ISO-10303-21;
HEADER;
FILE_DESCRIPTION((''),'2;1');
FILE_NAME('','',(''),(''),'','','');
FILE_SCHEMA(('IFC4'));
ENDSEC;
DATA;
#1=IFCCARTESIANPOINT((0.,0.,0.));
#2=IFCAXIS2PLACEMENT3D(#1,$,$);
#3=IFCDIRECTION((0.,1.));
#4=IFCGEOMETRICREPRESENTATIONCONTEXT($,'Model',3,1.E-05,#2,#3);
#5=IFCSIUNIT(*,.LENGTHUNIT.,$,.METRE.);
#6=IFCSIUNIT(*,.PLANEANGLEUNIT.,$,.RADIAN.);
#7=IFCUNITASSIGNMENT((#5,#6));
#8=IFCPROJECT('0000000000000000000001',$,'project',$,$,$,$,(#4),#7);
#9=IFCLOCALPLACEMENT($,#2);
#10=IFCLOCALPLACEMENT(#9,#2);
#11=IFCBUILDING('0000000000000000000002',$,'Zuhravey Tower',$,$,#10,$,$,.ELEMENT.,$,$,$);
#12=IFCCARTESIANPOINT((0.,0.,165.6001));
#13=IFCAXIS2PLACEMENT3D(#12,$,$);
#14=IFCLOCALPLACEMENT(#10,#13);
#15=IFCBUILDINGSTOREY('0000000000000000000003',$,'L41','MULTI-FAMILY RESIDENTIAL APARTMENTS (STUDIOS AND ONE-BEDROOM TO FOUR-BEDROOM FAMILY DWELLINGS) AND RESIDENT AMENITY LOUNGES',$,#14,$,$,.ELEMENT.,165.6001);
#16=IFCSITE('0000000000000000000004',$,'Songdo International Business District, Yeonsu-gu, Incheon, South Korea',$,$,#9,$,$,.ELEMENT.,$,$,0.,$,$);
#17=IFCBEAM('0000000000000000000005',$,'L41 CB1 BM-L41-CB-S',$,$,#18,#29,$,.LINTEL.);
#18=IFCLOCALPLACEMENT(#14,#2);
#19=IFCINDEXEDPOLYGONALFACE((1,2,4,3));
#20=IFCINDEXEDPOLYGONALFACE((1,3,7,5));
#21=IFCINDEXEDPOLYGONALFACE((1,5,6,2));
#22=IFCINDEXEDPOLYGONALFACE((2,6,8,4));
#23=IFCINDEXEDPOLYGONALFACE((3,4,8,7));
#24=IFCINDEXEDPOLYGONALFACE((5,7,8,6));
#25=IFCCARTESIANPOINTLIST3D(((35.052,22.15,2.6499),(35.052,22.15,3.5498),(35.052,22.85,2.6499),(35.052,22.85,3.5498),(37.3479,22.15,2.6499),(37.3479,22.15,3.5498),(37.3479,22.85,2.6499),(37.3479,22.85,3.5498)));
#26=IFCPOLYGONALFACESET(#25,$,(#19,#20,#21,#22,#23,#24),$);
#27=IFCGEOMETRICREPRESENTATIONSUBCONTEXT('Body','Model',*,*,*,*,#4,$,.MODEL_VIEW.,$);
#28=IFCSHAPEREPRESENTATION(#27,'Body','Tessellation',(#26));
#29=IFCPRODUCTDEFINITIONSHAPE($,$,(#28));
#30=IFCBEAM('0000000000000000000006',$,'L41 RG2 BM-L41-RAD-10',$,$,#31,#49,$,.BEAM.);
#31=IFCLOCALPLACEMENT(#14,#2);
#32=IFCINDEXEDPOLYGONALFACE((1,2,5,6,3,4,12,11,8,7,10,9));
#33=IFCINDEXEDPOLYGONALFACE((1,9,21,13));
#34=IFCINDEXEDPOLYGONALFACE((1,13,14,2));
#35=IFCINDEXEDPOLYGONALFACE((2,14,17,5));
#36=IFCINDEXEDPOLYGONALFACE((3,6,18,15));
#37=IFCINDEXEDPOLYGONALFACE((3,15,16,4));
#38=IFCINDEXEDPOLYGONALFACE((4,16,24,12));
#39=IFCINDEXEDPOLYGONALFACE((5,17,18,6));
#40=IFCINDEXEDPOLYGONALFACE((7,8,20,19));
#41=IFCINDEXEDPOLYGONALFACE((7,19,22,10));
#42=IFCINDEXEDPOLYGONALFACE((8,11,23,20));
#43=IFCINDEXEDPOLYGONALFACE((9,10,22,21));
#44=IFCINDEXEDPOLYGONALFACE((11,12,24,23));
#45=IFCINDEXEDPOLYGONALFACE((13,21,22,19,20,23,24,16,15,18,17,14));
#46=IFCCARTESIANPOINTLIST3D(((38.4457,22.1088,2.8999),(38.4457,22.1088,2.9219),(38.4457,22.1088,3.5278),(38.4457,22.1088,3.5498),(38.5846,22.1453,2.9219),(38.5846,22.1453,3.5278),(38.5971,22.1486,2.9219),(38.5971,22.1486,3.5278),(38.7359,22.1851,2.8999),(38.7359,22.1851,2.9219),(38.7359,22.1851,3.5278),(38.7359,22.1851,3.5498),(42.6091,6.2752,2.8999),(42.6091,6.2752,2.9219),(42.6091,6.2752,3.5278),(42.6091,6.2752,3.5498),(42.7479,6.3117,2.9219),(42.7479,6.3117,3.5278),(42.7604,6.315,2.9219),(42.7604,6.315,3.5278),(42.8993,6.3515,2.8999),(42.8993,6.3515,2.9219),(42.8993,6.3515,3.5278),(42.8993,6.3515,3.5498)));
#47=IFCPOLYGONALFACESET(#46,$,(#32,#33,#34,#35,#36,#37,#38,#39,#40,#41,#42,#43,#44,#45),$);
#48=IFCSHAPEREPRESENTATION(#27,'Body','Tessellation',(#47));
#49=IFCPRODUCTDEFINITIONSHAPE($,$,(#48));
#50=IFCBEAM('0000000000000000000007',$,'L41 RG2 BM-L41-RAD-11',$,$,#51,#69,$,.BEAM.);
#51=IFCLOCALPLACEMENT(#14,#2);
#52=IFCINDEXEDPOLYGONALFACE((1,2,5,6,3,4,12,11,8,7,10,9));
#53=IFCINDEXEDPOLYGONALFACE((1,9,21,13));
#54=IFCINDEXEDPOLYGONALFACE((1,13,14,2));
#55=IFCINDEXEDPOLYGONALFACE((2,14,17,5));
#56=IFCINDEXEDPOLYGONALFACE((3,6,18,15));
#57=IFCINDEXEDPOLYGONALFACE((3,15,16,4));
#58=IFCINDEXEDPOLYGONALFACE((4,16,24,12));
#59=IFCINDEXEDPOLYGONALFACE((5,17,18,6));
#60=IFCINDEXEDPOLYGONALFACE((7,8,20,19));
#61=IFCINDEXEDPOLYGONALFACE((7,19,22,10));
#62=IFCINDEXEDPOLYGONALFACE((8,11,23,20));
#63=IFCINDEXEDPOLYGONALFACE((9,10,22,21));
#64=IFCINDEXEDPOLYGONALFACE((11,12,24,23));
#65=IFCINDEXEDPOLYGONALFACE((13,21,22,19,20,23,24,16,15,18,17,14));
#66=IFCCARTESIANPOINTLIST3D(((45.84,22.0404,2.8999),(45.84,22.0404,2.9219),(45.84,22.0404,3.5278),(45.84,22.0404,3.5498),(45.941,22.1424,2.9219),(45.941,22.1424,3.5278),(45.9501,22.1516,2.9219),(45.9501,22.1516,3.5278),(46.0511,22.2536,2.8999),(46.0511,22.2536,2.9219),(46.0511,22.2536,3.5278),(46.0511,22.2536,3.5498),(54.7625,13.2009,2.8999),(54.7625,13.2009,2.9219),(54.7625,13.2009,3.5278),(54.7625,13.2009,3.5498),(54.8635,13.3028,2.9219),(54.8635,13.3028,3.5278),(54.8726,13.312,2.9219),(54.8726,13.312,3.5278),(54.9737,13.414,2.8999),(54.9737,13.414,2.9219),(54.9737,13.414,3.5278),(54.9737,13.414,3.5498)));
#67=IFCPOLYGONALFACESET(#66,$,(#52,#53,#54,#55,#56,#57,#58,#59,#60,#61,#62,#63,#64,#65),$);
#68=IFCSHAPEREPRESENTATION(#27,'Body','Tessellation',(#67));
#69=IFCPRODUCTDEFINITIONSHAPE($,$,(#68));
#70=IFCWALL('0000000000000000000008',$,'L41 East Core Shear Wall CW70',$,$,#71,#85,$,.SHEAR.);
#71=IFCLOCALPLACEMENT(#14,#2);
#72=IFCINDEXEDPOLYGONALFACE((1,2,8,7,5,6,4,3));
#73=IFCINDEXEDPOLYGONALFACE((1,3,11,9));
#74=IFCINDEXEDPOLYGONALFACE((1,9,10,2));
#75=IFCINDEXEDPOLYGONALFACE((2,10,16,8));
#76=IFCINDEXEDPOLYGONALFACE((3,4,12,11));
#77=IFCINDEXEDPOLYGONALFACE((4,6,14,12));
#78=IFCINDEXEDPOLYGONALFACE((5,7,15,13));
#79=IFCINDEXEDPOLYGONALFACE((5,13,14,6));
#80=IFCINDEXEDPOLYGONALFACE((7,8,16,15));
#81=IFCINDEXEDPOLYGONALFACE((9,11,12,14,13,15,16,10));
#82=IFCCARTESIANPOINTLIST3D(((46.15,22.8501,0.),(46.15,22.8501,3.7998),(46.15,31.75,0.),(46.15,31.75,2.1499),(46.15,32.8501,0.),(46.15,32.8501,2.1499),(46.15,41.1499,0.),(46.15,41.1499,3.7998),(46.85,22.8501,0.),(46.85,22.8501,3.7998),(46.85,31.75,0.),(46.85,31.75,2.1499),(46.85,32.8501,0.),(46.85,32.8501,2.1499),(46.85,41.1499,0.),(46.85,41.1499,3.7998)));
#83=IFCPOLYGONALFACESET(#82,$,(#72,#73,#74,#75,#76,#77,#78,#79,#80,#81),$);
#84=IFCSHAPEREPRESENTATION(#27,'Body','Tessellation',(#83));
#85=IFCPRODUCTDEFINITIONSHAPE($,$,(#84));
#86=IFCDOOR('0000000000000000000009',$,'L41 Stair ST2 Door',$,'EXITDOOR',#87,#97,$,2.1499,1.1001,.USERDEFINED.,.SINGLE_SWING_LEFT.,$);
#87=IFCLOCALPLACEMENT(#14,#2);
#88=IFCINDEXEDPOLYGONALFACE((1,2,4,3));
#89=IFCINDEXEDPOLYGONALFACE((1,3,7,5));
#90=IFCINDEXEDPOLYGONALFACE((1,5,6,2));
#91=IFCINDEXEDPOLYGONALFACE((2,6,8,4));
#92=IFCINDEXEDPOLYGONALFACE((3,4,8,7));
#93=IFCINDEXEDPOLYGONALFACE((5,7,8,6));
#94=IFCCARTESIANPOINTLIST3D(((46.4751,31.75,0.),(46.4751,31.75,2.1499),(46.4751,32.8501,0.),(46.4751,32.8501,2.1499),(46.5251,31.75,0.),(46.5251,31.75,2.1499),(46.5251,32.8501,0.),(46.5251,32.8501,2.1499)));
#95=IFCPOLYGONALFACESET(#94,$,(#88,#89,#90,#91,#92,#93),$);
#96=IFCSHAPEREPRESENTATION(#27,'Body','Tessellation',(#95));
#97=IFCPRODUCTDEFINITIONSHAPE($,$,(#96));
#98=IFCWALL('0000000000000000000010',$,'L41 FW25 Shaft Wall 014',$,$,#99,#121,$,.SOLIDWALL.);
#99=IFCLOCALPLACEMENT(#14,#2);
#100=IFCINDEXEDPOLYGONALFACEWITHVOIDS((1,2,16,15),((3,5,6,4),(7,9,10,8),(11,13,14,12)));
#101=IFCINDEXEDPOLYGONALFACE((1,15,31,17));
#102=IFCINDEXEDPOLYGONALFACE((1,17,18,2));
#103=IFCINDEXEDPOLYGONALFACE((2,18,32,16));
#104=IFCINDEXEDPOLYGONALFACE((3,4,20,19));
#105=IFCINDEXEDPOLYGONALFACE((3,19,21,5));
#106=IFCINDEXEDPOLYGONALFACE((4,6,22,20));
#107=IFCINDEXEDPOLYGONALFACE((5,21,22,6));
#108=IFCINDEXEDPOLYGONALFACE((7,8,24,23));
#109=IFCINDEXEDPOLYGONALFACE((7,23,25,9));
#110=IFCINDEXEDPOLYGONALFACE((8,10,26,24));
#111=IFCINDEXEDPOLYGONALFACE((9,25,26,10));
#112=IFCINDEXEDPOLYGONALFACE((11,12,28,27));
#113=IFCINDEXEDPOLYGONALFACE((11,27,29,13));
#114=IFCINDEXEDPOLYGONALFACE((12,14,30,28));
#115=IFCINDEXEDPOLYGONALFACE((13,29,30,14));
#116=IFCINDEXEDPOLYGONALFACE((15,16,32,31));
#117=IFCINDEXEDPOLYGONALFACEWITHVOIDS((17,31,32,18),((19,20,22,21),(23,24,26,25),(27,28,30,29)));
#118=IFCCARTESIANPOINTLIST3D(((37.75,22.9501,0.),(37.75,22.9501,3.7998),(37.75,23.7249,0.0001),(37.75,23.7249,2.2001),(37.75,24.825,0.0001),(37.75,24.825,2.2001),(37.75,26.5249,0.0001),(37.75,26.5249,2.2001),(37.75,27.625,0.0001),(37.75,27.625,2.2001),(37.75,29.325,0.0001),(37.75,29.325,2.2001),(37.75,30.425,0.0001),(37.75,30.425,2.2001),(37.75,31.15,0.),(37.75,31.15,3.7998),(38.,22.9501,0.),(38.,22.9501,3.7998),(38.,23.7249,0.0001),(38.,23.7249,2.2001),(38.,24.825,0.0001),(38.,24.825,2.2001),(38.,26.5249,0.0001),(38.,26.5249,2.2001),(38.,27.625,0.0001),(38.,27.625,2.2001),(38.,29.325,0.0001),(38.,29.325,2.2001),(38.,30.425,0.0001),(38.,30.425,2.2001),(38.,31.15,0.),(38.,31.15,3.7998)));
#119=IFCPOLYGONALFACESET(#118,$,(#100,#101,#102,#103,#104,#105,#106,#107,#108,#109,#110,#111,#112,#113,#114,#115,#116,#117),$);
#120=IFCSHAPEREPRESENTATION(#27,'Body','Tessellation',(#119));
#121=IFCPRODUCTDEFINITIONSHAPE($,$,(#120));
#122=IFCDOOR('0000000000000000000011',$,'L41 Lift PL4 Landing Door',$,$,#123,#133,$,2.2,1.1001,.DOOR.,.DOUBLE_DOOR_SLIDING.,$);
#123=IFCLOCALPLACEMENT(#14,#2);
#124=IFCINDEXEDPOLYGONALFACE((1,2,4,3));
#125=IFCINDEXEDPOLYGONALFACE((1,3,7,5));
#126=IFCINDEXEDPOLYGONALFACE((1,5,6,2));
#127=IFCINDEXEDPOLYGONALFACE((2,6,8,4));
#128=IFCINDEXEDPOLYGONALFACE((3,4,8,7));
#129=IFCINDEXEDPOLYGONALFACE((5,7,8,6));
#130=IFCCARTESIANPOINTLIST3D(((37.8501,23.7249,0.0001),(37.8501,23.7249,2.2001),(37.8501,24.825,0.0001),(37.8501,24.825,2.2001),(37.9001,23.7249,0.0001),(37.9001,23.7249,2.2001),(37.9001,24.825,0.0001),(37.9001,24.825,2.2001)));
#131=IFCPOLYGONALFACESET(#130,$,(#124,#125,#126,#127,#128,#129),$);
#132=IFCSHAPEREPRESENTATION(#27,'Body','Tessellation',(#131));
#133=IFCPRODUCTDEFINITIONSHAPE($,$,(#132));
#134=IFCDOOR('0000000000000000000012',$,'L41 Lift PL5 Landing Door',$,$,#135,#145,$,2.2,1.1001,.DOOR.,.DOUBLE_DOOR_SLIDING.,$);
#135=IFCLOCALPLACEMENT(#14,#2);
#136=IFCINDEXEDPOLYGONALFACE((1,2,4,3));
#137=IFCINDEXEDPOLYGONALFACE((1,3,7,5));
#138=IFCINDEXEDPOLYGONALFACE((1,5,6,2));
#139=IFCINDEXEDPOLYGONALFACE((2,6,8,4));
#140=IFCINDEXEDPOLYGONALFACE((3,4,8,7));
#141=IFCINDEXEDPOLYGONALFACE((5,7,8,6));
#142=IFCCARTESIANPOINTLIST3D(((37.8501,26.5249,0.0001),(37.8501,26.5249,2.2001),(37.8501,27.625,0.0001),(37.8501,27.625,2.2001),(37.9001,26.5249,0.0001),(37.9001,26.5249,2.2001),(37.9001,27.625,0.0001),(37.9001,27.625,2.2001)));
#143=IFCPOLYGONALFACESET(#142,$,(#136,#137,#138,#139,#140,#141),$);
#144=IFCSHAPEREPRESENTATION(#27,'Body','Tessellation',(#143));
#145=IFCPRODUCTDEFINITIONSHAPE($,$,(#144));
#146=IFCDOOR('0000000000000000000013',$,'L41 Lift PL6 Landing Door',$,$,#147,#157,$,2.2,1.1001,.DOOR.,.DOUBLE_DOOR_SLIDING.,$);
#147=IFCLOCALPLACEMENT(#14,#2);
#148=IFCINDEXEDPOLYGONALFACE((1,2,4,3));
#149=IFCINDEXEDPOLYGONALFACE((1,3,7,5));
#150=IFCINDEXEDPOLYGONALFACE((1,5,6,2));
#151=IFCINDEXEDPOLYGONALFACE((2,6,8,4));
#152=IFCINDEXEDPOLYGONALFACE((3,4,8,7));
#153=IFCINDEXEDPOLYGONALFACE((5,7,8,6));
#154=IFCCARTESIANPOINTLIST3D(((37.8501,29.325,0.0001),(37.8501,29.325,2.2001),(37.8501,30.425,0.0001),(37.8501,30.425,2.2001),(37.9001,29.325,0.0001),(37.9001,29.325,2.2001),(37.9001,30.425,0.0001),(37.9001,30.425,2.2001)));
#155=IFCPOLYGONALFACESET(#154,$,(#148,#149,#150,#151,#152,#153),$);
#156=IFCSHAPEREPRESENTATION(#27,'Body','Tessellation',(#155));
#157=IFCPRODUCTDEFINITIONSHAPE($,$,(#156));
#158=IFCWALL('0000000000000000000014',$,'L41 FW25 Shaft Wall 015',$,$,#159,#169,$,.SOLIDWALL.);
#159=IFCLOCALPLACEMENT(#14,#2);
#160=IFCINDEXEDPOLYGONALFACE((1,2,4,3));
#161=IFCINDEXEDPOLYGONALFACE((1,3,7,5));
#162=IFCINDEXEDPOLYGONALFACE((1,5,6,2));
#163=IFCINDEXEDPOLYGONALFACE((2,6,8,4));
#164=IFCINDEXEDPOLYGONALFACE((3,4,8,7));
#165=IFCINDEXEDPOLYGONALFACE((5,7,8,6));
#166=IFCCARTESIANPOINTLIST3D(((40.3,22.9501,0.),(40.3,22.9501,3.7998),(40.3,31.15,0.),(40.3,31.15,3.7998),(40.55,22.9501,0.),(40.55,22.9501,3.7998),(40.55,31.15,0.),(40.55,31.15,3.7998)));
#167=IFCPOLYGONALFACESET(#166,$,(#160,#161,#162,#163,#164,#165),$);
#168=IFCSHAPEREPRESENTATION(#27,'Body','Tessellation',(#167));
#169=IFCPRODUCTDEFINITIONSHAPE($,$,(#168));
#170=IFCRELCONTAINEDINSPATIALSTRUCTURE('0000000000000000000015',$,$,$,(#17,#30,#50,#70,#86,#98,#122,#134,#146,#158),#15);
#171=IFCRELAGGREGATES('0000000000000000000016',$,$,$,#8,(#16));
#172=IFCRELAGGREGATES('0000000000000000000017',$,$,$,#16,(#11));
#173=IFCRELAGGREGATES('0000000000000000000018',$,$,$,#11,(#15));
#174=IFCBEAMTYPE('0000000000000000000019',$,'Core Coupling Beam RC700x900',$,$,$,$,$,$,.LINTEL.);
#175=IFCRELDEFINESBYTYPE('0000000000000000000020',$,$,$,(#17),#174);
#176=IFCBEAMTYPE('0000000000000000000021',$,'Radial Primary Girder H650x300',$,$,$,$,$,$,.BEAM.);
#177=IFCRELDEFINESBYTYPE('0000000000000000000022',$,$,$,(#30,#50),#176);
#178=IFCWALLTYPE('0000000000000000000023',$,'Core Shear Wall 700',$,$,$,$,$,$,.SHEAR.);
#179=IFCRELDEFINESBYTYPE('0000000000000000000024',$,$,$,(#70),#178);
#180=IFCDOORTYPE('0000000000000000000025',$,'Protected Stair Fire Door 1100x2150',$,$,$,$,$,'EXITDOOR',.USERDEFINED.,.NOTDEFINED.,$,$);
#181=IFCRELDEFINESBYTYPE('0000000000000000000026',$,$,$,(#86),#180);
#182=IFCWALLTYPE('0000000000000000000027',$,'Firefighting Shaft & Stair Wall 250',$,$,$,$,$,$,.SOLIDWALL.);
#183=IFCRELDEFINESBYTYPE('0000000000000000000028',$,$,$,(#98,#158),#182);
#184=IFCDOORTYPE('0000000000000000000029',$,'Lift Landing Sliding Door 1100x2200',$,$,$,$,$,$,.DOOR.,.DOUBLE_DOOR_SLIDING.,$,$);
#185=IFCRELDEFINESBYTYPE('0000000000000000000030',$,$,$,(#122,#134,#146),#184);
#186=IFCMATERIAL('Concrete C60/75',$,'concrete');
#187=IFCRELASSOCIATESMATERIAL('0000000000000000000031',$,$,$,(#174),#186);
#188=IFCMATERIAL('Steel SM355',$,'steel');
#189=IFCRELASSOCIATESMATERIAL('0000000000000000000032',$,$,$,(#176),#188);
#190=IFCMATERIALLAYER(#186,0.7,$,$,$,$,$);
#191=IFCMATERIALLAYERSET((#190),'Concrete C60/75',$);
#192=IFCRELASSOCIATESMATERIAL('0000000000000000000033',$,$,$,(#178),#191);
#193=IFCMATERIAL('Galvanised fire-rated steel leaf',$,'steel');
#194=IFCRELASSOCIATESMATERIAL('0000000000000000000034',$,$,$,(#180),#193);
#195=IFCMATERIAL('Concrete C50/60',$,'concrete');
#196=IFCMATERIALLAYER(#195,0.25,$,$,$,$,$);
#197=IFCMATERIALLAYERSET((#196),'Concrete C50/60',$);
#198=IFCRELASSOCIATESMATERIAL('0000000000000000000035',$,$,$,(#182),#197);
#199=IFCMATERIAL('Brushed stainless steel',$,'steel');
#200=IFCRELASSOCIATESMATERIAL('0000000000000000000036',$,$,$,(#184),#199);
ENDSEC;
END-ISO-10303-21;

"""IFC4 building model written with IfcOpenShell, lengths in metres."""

from ifc_helpers import new_model, si_unit, direction, frame, frame_2d, origin, origin_2d, place, context, subcontext, project, spatial, rectangle, i_section, extrude, material, layer, layer_set, material_profile, profile_set, type_object, element, fill, save


model = new_model("IFC4")

# Units and contexts
model_context = context("Model", 3, precision=1e-05, world=origin(), true_north=direction((0.0, 1.0)))
body_context = subcontext(model_context, "Body", "Model", "MODEL_VIEW")
ifc_project = project(units=[si_unit("LENGTHUNIT", "METRE"), si_unit("PLANEANGLEUNIT", "RADIAN")], contexts=[model_context])

# Site, building, storey
site_placement = place(None, origin())
site = spatial("IfcSite", under=ifc_project, at=site_placement, Name="Songdo International Business District, Yeonsu-gu, Incheon, South Korea", CompositionType="ELEMENT", RefElevation=0.0)
building_placement = place(site_placement, origin())
building = spatial("IfcBuilding", under=site, at=building_placement, Name="Zuhravey Tower", CompositionType="ELEMENT")
storey_placement = place(building_placement, frame((0.0, 0.0, 165.6001)))
storey = spatial("IfcBuildingStorey", under=building, at=storey_placement, Name="L41", Description="MULTI-FAMILY RESIDENTIAL APARTMENTS (STUDIOS AND ONE-BEDROOM TO FOUR-BEDROOM FAMILY DWELLINGS) AND RESIDENT AMENITY LOUNGES", CompositionType="ELEMENT", Elevation=165.6001)

# Beams
ifc_material_1 = material(Name="Concrete C60/75", Category="concrete")
ifc_material_profile_1 = material_profile(ifc_material_1, rectangle(XDim=0.7, YDim=0.8999, at=origin_2d()), Name="RC-700x900")
ifc_profile_set_1 = profile_set([ifc_material_profile_1], Name="Concrete C60/75")
beam_type_1 = type_object("IfcBeamType", Name="Core Coupling Beam RC700x900", PredefinedType="LINTEL", material=ifc_profile_set_1)
beam_1_placement = place(storey_placement, frame((35.052, 22.5, 3.0999), z_axis=(1.0, 0.0, 0.0), x_axis=(0.0, 1.0, 0.0)))
element("IfcBeam", 1, at=beam_1_placement, inside=storey, type_object=beam_type_1, Name="L41 CB1 BM-L41-CB-S", PredefinedType="LINTEL", context=body_context, shape_type="SweptSolid", body=[
    extrude(rectangle(XDim=0.7, YDim=0.8999, at=origin_2d()), origin(), (0.0, 0.0, 1.0), 2.2959),
])
ifc_material_2 = material(Name="Steel SM355", Category="steel")
ifc_material_profile_2 = material_profile(ifc_material_2, i_section(OverallWidth=0.3, OverallDepth=0.6499, WebThickness=0.0129, FlangeThickness=0.022, at=origin_2d()), Name="H-650x300x13x22")
ifc_profile_set_2 = profile_set([ifc_material_profile_2], Name="Steel SM355")
beam_type_2 = type_object("IfcBeamType", Name="Radial Primary Girder H650x300", PredefinedType="BEAM", material=ifc_profile_set_2)
beam_2_placement = place(storey_placement, frame((38.5908, 22.147, 3.2249), z_axis=(0.2543, -0.967125, 0.0), x_axis=(0.967125, 0.2543, 0.0)))
element("IfcBeam", 2, at=beam_2_placement, inside=storey, type_object=beam_type_2, Name="L41 RG2 BM-L41-RAD-10", PredefinedType="BEAM", context=body_context, shape_type="SweptSolid", body=[
    extrude(i_section(OverallWidth=0.3, OverallDepth=0.6499, WebThickness=0.0129, FlangeThickness=0.022, at=origin_2d()), origin(), (0.0, 0.0, 1.0), 16.3718),
])
beam_3_placement = place(storey_placement, frame((45.9456, 22.147, 3.2249), z_axis=(0.710404, -0.703795, 0.0), x_axis=(0.703795, 0.710404, 0.0)))
element("IfcBeam", 3, at=beam_3_placement, inside=storey, type_object=beam_type_2, Name="L41 RG2 BM-L41-RAD-11", PredefinedType="BEAM", context=body_context, shape_type="SweptSolid", body=[
    extrude(i_section(OverallWidth=0.3, OverallDepth=0.6499, WebThickness=0.0129, FlangeThickness=0.022, at=origin_2d()), origin(), (0.0, 0.0, 1.0), 12.5598),
])

# Wall, opening, door
ifc_layer_1 = layer(ifc_material_1, 0.7)
ifc_layer_set_1 = layer_set([ifc_layer_1], Name="Concrete C60/75")
wall_type_1 = type_object("IfcWallType", Name="Core Shear Wall 700", PredefinedType="SHEAR", material=ifc_layer_set_1)
ifc_material_3 = material(Name="Galvanised fire-rated steel leaf", Category="steel")
wall_1_placement = place(storey_placement, frame((46.5, 22.8501, 0.0), z_axis=(0.0, 0.0, 1.0), x_axis=(0.0, 1.0, 0.0)))
wall_1 = element("IfcWall", 4, at=wall_1_placement, inside=storey, type_object=wall_type_1, Name="L41 East Core Shear Wall CW70", PredefinedType="SHEAR", context=body_context, shape_type="SweptSolid", body=[
    extrude(rectangle(XDim=18.2998, YDim=0.7, at=frame_2d((9.1499, 0.0))), origin(), (0.0, 0.0, 1.0), 3.7998),
])
opening_1_placement = place(wall_1_placement, frame((8.8999, 0.0, 0.0)))
opening_1 = element("IfcOpeningElement", 5, at=opening_1_placement, cuts=wall_1, PredefinedType="OPENING", context=body_context, shape_type="SweptSolid", body=[
    extrude(rectangle(XDim=1.1001, YDim=2.1499, at=frame_2d((0.55, 1.075))), frame((0.0, 0.3621, 0.0), z_axis=(0.0, -1.0, 0.0), x_axis=(1.0, 0.0, 0.0)), (0.0, 0.0, 1.0), 0.7239),
])
door_type_1 = type_object("IfcDoorType", Name="Protected Stair Fire Door 1100x2150", ElementType="EXITDOOR", OperationType="NOTDEFINED", PredefinedType="USERDEFINED", material=ifc_material_3)
door_1_placement = place(opening_1_placement, origin())
door_1 = element("IfcDoor", 6, at=door_1_placement, inside=storey, type_object=door_type_1, Name="L41 Stair ST2 Door", ObjectType="EXITDOOR", OperationType="SINGLE_SWING_LEFT", OverallHeight=2.1499, OverallWidth=1.1001, PredefinedType="USERDEFINED", context=body_context, shape_type="SweptSolid", body=[
    extrude(rectangle(XDim=1.1001, YDim=2.1499, at=frame_2d((0.55, 1.075))), frame((0.0, 0.0249, 0.0), z_axis=(0.0, -1.0, 0.0), x_axis=(1.0, 0.0, 0.0)), (0.0, 0.0, 1.0), 0.05),
])
fill(opening_1, door_1)
ifc_material_4 = material(Name="Concrete C50/60", Category="concrete")
ifc_layer_2 = layer(ifc_material_4, 0.25)
ifc_layer_set_2 = layer_set([ifc_layer_2], Name="Concrete C50/60")
wall_type_2 = type_object("IfcWallType", Name="Firefighting Shaft & Stair Wall 250", PredefinedType="SOLIDWALL", material=ifc_layer_set_2)

# Wall, openings, doors
wall_2_placement = place(storey_placement, frame((37.875, 22.95, 0.0), z_axis=(0.0, 0.0, 1.0), x_axis=(0.0, 1.0, 0.0)))
wall_2 = element("IfcWall", 7, at=wall_2_placement, inside=storey, type_object=wall_type_2, Name="L41 FW25 Shaft Wall 014", PredefinedType="SOLIDWALL", context=body_context, shape_type="SweptSolid", body=[
    extrude(rectangle(XDim=8.2, YDim=0.25, at=frame_2d((4.1001, 0.0))), origin(), (0.0, 0.0, 1.0), 3.7998),
])
opening_2_placement = place(wall_2_placement, frame((0.7749, 0.0, 0.0)))
opening_2 = element("IfcOpeningElement", 8, at=opening_2_placement, cuts=wall_2, PredefinedType="OPENING", context=body_context, shape_type="SweptSolid", body=[
    extrude(rectangle(XDim=1.1001, YDim=2.2, at=frame_2d((0.55, 1.1001))), frame((0.0, 0.137, 0.0), z_axis=(0.0, -1.0, 0.0), x_axis=(1.0, 0.0, 0.0)), (0.0, 0.0, 1.0), 0.2739),
])
opening_3_placement = place(wall_2_placement, frame((3.575, 0.0, 0.0)))
opening_3 = element("IfcOpeningElement", 9, at=opening_3_placement, cuts=wall_2, PredefinedType="OPENING", context=body_context, shape_type="SweptSolid", body=[
    extrude(rectangle(XDim=1.1001, YDim=2.2, at=frame_2d((0.55, 1.1001))), frame((0.0, 0.137, 0.0), z_axis=(0.0, -1.0, 0.0), x_axis=(1.0, 0.0, 0.0)), (0.0, 0.0, 1.0), 0.2739),
])
opening_4_placement = place(wall_2_placement, frame((6.375, 0.0, 0.0)))
opening_4 = element("IfcOpeningElement", 10, at=opening_4_placement, cuts=wall_2, PredefinedType="OPENING", context=body_context, shape_type="SweptSolid", body=[
    extrude(rectangle(XDim=1.1001, YDim=2.2, at=frame_2d((0.55, 1.1001))), frame((0.0, 0.137, 0.0), z_axis=(0.0, -1.0, 0.0), x_axis=(1.0, 0.0, 0.0)), (0.0, 0.0, 1.0), 0.2739),
])
ifc_material_5 = material(Name="Brushed stainless steel", Category="steel")
door_type_2 = type_object("IfcDoorType", Name="Lift Landing Sliding Door 1100x2200", OperationType="DOUBLE_DOOR_SLIDING", PredefinedType="DOOR", material=ifc_material_5)
door_2_placement = place(opening_2_placement, origin())
door_2 = element("IfcDoor", 11, at=door_2_placement, inside=storey, type_object=door_type_2, Name="L41 Lift PL4 Landing Door", OperationType="DOUBLE_DOOR_SLIDING", OverallHeight=2.2, OverallWidth=1.1001, PredefinedType="DOOR", context=body_context, shape_type="SweptSolid", body=[
    extrude(rectangle(XDim=1.1001, YDim=2.2, at=frame_2d((0.55, 1.1001))), frame((0.0, 0.0249, 0.0), z_axis=(0.0, -1.0, 0.0), x_axis=(1.0, 0.0, 0.0)), (0.0, 0.0, 1.0), 0.05),
])
fill(opening_2, door_2)
door_3_placement = place(opening_3_placement, origin())
door_3 = element("IfcDoor", 12, at=door_3_placement, inside=storey, type_object=door_type_2, Name="L41 Lift PL5 Landing Door", OperationType="DOUBLE_DOOR_SLIDING", OverallHeight=2.2, OverallWidth=1.1001, PredefinedType="DOOR", context=body_context, shape_type="SweptSolid", body=[
    extrude(rectangle(XDim=1.1001, YDim=2.2, at=frame_2d((0.55, 1.1001))), frame((0.0, 0.0249, 0.0), z_axis=(0.0, -1.0, 0.0), x_axis=(1.0, 0.0, 0.0)), (0.0, 0.0, 1.0), 0.05),
])
fill(opening_3, door_3)
door_4_placement = place(opening_4_placement, origin())
door_4 = element("IfcDoor", 13, at=door_4_placement, inside=storey, type_object=door_type_2, Name="L41 Lift PL6 Landing Door", OperationType="DOUBLE_DOOR_SLIDING", OverallHeight=2.2, OverallWidth=1.1001, PredefinedType="DOOR", context=body_context, shape_type="SweptSolid", body=[
    extrude(rectangle(XDim=1.1001, YDim=2.2, at=frame_2d((0.55, 1.1001))), frame((0.0, 0.0249, 0.0), z_axis=(0.0, -1.0, 0.0), x_axis=(1.0, 0.0, 0.0)), (0.0, 0.0, 1.0), 0.05),
])
fill(opening_4, door_4)

# Wall
wall_3_placement = place(storey_placement, frame((40.425, 22.95, 0.0), z_axis=(0.0, 0.0, 1.0), x_axis=(0.0, 1.0, 0.0)))
element("IfcWall", 14, at=wall_3_placement, inside=storey, type_object=wall_type_2, Name="L41 FW25 Shaft Wall 015", PredefinedType="SOLIDWALL", context=body_context, shape_type="SweptSolid", body=[
    extrude(rectangle(XDim=8.2, YDim=0.25, at=frame_2d((4.1001, 0.0))), origin(), (0.0, 0.0, 1.0), 3.7998),
])

save(model, "model.ifc")
